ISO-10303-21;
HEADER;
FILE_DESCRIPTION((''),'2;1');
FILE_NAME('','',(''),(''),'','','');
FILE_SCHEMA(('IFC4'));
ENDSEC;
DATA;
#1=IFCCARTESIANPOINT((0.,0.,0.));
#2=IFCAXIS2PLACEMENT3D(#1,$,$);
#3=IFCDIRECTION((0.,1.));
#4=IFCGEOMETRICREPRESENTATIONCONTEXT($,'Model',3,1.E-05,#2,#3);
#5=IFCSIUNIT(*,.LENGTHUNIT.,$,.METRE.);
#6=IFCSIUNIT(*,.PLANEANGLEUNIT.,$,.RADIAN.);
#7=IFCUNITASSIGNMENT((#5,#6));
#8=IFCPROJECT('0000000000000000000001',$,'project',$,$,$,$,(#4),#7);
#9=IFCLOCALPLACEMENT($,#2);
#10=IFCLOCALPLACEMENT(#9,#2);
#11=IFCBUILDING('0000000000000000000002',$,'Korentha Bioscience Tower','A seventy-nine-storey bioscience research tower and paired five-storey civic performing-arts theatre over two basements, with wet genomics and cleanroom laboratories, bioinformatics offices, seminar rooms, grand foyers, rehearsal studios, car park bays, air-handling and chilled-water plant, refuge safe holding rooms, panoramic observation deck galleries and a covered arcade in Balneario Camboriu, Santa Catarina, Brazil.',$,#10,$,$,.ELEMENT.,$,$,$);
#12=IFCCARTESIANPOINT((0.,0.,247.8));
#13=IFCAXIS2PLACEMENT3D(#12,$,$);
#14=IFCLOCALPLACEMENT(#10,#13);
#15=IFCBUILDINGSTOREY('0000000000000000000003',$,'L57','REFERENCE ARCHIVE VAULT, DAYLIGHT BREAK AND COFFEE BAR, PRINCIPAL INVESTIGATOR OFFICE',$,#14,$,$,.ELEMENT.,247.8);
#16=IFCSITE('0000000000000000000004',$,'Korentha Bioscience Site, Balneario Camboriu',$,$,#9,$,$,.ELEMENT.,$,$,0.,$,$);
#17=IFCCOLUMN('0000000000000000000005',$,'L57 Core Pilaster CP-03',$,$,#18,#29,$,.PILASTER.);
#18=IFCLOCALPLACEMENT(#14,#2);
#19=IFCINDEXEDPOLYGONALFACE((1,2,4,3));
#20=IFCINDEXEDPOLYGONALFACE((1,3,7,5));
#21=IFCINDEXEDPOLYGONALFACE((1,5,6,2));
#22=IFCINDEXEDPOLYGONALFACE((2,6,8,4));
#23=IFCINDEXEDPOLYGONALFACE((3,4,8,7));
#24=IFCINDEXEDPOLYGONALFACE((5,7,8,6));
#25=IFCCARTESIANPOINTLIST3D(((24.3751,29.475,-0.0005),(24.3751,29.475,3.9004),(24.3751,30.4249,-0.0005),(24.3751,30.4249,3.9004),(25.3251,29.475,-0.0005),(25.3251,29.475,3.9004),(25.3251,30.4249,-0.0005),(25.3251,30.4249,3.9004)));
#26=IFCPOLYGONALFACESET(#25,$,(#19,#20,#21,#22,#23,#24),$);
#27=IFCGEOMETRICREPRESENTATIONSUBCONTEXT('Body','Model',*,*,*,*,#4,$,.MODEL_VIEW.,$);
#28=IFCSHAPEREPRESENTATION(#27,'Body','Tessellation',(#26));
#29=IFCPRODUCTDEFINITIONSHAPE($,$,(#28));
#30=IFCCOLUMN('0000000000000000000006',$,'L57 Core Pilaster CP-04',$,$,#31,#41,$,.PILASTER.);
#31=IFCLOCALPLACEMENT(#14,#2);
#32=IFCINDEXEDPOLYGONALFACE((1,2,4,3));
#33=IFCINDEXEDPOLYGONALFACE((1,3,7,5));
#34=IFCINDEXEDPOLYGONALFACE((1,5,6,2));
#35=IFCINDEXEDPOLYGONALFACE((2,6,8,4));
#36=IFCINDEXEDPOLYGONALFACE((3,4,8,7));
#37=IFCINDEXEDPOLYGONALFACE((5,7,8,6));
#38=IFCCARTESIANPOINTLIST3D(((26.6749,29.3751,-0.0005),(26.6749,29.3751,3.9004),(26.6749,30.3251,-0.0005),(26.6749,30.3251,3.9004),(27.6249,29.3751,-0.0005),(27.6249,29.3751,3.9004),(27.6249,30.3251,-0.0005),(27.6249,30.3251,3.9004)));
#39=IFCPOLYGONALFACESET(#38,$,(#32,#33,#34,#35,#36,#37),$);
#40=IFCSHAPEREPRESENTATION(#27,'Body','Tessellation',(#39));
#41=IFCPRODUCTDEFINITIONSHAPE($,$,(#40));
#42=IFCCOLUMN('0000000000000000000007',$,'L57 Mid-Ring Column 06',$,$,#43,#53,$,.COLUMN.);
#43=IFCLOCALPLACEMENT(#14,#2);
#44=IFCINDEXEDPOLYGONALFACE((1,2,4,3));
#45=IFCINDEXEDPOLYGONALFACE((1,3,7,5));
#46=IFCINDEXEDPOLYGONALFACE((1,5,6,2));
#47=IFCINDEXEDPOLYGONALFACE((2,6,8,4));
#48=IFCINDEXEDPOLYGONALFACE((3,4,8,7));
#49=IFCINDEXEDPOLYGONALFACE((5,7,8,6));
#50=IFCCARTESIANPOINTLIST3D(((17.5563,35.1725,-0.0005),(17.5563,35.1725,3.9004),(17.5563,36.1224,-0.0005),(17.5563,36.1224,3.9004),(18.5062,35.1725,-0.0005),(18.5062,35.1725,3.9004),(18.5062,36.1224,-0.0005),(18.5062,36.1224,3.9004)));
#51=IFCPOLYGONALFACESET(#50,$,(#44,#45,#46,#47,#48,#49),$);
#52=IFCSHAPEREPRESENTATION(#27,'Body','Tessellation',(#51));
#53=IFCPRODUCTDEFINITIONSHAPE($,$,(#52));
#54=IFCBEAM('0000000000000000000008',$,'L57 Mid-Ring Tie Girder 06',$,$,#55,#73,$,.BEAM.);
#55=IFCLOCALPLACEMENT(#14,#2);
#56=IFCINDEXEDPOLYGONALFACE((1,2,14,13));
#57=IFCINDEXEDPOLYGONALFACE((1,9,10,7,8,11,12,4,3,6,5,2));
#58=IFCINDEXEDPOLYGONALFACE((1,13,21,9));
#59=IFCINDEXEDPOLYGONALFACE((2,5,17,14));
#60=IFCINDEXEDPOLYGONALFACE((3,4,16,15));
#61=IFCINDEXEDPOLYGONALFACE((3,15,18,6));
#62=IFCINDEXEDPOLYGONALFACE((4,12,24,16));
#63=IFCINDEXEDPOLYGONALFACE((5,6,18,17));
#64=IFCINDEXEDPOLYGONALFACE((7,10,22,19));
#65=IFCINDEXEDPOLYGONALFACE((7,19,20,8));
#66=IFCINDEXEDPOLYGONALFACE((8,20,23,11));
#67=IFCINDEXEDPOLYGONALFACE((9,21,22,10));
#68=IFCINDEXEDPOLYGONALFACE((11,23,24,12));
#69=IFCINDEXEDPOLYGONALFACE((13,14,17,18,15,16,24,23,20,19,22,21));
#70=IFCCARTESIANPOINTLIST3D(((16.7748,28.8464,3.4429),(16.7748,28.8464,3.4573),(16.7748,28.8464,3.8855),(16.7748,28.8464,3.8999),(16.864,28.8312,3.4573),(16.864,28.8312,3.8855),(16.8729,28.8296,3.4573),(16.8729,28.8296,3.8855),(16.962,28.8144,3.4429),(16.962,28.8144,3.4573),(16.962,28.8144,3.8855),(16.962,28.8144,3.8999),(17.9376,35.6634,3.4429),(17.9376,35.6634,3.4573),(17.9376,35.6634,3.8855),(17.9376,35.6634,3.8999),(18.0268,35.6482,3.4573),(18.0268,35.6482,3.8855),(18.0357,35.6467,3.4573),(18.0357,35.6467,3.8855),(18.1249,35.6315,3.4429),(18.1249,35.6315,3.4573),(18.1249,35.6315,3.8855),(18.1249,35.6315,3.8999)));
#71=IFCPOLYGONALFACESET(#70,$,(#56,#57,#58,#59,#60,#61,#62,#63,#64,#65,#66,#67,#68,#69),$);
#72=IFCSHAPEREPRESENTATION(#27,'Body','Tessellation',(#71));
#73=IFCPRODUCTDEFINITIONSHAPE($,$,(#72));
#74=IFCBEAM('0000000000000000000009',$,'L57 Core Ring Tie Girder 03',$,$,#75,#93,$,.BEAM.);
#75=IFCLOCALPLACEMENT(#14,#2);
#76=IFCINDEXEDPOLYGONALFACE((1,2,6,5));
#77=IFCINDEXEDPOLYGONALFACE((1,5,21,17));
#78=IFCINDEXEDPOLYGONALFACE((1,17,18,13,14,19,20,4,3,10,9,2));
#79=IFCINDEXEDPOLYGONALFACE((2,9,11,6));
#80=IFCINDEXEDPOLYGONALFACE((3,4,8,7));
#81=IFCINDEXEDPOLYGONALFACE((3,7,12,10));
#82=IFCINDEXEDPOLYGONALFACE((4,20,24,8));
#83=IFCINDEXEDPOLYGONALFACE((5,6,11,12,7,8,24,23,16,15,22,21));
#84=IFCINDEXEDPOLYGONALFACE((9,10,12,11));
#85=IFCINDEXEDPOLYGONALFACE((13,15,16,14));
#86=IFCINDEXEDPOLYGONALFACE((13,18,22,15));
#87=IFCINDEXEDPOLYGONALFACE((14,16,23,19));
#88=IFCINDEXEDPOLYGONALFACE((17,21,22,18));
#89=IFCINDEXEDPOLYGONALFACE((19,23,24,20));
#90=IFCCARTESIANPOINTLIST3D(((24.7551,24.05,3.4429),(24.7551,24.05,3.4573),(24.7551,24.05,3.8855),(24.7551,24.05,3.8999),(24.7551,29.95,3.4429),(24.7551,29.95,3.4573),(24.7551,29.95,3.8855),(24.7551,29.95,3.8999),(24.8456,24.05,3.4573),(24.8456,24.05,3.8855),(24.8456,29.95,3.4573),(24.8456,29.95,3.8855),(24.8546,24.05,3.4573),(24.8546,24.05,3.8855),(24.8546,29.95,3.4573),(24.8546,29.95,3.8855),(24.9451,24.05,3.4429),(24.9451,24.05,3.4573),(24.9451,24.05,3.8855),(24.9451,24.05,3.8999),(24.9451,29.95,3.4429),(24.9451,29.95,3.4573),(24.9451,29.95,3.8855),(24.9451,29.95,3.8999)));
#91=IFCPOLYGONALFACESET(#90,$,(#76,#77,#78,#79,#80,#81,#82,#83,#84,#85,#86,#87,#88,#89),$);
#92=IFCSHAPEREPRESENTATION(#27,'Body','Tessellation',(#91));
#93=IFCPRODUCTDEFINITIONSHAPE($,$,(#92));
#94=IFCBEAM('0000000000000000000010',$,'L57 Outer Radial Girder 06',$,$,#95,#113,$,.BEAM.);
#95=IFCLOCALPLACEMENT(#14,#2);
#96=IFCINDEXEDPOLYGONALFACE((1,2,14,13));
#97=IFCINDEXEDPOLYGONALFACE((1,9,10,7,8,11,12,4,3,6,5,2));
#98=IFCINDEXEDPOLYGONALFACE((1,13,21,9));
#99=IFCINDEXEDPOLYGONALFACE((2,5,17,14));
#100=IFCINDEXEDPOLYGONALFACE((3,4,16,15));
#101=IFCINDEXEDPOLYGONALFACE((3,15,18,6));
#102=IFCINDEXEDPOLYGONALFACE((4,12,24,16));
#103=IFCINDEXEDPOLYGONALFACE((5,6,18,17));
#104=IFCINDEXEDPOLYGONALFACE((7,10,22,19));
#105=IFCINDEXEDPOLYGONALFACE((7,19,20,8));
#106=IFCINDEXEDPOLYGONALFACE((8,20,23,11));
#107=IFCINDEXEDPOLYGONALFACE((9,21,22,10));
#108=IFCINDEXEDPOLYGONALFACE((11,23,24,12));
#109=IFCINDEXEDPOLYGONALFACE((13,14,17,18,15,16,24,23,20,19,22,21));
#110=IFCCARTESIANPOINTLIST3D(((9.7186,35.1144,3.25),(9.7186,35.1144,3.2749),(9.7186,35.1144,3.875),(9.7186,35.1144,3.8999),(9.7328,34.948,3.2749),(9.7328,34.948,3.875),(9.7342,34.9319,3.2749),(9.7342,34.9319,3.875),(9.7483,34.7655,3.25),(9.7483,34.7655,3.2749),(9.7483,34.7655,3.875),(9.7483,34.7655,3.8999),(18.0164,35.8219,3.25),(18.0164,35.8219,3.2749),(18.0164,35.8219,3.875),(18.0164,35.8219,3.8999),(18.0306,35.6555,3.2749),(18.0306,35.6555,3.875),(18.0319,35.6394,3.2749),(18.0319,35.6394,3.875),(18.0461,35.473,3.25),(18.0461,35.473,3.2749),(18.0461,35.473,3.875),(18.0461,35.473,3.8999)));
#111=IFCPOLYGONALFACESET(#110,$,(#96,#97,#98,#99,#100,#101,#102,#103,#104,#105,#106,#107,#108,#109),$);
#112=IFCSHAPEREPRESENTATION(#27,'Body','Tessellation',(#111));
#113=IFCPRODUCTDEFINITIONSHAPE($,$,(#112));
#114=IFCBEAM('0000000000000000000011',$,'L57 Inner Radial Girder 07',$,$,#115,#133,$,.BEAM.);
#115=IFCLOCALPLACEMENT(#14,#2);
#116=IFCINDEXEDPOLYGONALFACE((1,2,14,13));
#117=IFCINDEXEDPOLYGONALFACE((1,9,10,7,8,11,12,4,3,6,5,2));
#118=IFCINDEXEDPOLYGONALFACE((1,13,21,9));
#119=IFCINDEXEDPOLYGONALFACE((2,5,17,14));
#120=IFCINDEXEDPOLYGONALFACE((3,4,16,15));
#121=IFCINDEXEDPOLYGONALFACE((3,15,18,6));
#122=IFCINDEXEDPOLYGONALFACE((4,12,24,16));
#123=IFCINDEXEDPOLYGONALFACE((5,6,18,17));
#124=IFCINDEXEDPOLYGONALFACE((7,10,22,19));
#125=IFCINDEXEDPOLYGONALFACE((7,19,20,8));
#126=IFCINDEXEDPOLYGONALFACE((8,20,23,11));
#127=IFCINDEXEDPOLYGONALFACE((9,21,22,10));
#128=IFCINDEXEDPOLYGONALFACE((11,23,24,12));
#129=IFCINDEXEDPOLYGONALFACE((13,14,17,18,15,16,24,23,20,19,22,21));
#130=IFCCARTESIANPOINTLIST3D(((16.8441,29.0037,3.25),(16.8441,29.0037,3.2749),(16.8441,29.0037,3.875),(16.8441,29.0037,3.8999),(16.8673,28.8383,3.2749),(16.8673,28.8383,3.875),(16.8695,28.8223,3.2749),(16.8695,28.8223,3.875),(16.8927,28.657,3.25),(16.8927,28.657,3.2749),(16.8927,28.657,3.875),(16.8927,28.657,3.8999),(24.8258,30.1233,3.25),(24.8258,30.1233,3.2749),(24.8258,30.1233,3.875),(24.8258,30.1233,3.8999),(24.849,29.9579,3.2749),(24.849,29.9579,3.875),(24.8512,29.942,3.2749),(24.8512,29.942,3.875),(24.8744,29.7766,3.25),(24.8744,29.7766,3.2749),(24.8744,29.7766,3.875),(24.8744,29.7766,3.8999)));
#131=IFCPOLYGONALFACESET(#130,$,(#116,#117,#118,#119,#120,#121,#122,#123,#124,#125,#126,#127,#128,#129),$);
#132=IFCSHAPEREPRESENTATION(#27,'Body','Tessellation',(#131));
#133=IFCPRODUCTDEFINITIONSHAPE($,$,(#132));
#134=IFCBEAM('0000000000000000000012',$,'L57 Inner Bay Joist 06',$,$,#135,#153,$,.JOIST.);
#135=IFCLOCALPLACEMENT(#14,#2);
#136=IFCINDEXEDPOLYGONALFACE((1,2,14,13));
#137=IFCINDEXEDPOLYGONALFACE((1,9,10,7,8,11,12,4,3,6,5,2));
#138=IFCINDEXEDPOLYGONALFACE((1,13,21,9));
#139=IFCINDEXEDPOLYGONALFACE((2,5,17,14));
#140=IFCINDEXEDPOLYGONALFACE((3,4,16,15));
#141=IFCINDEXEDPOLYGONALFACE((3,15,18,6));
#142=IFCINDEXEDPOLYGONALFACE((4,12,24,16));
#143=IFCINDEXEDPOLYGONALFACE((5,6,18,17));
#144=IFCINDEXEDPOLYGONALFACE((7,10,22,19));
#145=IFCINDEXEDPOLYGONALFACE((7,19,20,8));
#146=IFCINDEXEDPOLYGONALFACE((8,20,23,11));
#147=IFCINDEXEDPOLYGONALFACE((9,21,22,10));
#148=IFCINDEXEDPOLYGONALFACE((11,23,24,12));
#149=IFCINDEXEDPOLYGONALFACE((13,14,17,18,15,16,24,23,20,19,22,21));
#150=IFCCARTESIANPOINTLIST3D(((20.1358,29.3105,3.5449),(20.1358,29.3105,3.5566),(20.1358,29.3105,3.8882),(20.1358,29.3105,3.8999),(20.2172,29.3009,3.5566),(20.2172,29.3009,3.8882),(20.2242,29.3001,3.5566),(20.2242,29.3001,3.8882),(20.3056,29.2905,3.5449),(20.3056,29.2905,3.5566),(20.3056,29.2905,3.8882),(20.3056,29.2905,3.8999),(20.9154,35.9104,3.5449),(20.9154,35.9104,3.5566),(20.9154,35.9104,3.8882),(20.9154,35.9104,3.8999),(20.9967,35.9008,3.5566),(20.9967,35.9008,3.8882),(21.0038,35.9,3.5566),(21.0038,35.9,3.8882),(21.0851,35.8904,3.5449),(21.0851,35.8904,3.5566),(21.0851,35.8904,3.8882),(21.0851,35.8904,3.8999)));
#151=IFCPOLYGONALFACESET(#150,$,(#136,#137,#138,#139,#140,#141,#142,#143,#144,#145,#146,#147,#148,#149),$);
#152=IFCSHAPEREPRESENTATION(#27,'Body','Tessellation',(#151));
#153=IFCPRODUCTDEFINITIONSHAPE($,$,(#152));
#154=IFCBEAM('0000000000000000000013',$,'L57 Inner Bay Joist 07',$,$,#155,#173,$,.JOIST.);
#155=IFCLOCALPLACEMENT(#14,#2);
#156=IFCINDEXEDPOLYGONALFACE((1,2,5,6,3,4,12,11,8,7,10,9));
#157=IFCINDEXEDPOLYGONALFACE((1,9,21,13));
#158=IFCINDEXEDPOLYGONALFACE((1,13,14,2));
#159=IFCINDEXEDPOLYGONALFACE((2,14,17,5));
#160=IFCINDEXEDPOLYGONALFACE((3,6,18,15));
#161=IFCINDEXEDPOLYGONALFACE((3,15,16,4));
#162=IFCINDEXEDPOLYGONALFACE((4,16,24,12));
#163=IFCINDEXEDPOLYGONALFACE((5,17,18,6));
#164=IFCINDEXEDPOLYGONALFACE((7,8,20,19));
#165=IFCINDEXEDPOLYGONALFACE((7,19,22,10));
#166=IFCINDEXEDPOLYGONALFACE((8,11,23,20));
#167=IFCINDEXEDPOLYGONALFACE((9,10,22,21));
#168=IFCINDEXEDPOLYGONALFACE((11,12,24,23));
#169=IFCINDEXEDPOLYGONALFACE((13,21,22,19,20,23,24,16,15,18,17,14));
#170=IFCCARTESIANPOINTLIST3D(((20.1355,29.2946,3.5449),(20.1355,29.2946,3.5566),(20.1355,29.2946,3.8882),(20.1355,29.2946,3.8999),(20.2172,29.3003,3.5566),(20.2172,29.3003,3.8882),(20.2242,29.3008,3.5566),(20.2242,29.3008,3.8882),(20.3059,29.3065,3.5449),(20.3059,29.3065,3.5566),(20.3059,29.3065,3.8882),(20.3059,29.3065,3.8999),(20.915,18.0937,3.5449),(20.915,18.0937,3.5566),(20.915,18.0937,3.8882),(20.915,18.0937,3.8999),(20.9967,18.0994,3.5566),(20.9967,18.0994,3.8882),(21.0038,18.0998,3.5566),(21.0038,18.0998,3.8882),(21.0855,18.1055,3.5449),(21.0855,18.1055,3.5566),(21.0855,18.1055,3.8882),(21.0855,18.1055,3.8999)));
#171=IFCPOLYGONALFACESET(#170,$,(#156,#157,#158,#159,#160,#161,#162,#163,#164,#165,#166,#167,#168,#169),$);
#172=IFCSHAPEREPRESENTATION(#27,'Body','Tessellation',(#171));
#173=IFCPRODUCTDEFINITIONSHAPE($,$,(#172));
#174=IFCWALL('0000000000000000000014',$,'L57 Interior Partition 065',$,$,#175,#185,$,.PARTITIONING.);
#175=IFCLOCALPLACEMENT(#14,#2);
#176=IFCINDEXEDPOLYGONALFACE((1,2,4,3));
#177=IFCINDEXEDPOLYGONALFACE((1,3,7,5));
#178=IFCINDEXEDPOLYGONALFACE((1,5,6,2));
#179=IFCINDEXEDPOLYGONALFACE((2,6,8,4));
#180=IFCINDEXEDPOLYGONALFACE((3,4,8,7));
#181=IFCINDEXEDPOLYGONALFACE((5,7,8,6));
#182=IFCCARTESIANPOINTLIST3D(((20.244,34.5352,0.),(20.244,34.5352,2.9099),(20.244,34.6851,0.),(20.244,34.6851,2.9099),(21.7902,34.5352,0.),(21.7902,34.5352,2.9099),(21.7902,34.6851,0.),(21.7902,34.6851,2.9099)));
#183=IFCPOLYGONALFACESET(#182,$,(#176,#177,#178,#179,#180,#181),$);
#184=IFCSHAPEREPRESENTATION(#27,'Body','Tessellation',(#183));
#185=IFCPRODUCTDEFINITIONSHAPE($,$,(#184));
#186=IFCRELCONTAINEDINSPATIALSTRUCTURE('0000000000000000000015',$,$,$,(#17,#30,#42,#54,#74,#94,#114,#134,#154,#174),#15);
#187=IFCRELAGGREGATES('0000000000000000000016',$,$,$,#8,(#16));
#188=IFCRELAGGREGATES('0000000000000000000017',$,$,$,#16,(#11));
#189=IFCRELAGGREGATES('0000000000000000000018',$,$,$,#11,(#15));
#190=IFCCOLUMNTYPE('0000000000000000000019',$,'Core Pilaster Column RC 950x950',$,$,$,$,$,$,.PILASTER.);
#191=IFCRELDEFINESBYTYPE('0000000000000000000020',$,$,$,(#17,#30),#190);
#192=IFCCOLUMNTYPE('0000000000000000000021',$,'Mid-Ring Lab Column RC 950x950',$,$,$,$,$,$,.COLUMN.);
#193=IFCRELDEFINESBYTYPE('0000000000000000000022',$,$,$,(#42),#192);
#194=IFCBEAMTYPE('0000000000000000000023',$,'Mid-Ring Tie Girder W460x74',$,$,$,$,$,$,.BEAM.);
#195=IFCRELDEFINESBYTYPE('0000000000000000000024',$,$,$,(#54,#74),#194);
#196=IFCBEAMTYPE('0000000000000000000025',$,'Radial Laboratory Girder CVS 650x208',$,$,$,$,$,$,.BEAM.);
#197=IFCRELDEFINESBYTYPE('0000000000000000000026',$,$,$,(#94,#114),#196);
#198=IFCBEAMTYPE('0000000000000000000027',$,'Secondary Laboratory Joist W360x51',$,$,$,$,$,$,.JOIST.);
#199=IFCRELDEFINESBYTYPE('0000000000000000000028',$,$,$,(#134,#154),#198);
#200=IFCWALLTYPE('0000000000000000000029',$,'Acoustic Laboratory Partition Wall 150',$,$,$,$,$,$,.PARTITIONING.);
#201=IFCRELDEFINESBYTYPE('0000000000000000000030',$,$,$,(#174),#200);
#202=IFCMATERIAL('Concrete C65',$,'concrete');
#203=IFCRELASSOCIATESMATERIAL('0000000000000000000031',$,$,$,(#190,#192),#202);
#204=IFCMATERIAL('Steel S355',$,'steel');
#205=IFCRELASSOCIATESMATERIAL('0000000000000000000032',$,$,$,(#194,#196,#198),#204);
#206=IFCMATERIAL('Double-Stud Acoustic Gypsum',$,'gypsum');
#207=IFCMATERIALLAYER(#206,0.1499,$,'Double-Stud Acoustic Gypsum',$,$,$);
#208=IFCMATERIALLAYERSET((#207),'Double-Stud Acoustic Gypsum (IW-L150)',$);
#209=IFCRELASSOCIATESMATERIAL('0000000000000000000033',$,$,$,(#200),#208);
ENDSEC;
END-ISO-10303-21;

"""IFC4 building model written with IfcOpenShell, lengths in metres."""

from ifc_helpers import new_model, si_unit, direction, frame, frame_2d, origin, origin_2d, place, context, subcontext, project, spatial, rectangle, i_section, extrude, material, layer, layer_set, material_profile, profile_set, type_object, element, save


model = new_model("IFC4")

# Units and contexts
model_context = context("Model", 3, precision=1e-05, world=origin(), true_north=direction((0.0, 1.0)))
body_context = subcontext(model_context, "Body", "Model", "MODEL_VIEW")
ifc_project = project(units=[si_unit("LENGTHUNIT", "METRE"), si_unit("PLANEANGLEUNIT", "RADIAN")], contexts=[model_context])

# Site, building, storey
site_placement = place(None, origin())
site = spatial("IfcSite", under=ifc_project, at=site_placement, Name="Korentha Bioscience Site, Balneario Camboriu", CompositionType="ELEMENT", RefElevation=0.0)
building_placement = place(site_placement, origin())
building = spatial("IfcBuilding", under=site, at=building_placement, Name="Korentha Bioscience Tower", Description="A seventy-nine-storey bioscience research tower and paired five-storey civic performing-arts theatre over two basements, with wet genomics and cleanroom laboratories, bioinformatics offices, seminar rooms, grand foyers, rehearsal studios, car park bays, air-handling and chilled-water plant, refuge safe holding rooms, panoramic observation deck galleries and a covered arcade in Balneario Camboriu, Santa Catarina, Brazil.", CompositionType="ELEMENT")
storey_placement = place(building_placement, frame((0.0, 0.0, 247.8)))
storey = spatial("IfcBuildingStorey", under=building, at=storey_placement, Name="L57", Description="REFERENCE ARCHIVE VAULT, DAYLIGHT BREAK AND COFFEE BAR, PRINCIPAL INVESTIGATOR OFFICE", CompositionType="ELEMENT", Elevation=247.8)

# Columns
ifc_material_1 = material(Name="Concrete C65", Category="concrete")
ifc_material_profile_1 = material_profile(ifc_material_1, rectangle(XDim=0.95, YDim=0.95, at=origin_2d()), Name="Concrete C65")
ifc_profile_set_1 = profile_set([ifc_material_profile_1], Name="Concrete C65 (COL-CP09)")
column_type_1 = type_object("IfcColumnType", Name="Core Pilaster Column RC 950x950", PredefinedType="PILASTER", material=ifc_profile_set_1)
for number, where, z_axis, x_axis, name in (
    (1, (24.8501, 29.95, -0.0005), (0.0, 0.0, 1.0), (1.0, 0.0, 0.0), "L57 Core Pilaster CP-03"),
    (2, (27.1499, 29.8501, -0.0005), (0.0, 0.0, 1.0), (1.0, 0.0, 0.0), "L57 Core Pilaster CP-04"),
):
    element("IfcColumn", number, at=place(storey_placement, frame(where, z_axis=z_axis, x_axis=x_axis)), inside=storey, type_object=column_type_1, Name=name, PredefinedType="PILASTER", context=body_context, shape_type="SweptSolid", body=[
        extrude(rectangle(XDim=0.95, YDim=0.95, at=origin_2d()), origin(), (0.0, 0.0, 1.0), 3.9009),
    ])
ifc_material_profile_2 = material_profile(ifc_material_1, rectangle(XDim=0.95, YDim=0.95, at=origin_2d()), Name="Concrete C65")
ifc_profile_set_2 = profile_set([ifc_material_profile_2], Name="Concrete C65 (COL-MR09)")
column_type_2 = type_object("IfcColumnType", Name="Mid-Ring Lab Column RC 950x950", PredefinedType="COLUMN", material=ifc_profile_set_2)
column_placement = place(storey_placement, frame((18.0312, 35.6475, -0.0005), z_axis=(0.0, 0.0, 1.0), x_axis=(1.0, 0.0, 0.0)))
element("IfcColumn", 3, at=column_placement, inside=storey, type_object=column_type_2, Name="L57 Mid-Ring Column 06", PredefinedType="COLUMN", context=body_context, shape_type="SweptSolid", body=[
    extrude(rectangle(XDim=0.95, YDim=0.95, at=origin_2d()), origin(), (0.0, 0.0, 1.0), 3.9009),
])

# Beams
ifc_material_2 = material(Name="Steel S355", Category="steel")
ifc_material_profile_3 = material_profile(ifc_material_2, i_section(OverallWidth=0.1899, OverallDepth=0.457, WebThickness=0.009, FlangeThickness=0.0144, at=origin_2d()), Name="Steel S355")
ifc_profile_set_3 = profile_set([ifc_material_profile_3], Name="Steel S355 (MB-460)")
beam_type_1 = type_object("IfcBeamType", Name="Mid-Ring Tie Girder W460x74", PredefinedType="BEAM", material=ifc_profile_set_3)
beam_1_placement = place(storey_placement, frame((18.0312, 35.6475, 3.6714), z_axis=(-0.168148, -0.985762, 0.0), x_axis=(0.985762, -0.168148, 0.0)))
element("IfcBeam", 4, at=beam_1_placement, inside=storey, type_object=beam_type_1, Name="L57 Mid-Ring Tie Girder 06", PredefinedType="BEAM", context=body_context, shape_type="SweptSolid", body=[
    extrude(i_section(OverallWidth=0.1899, OverallDepth=0.457, WebThickness=0.009, FlangeThickness=0.0144, at=origin_2d()), origin(), (0.0, 0.0, 1.0), 6.9155),
])
beam_2_placement = place(storey_placement, frame((24.8501, 29.95, 3.6714), z_axis=(0.0, -1.0, 0.0), x_axis=(1.0, 0.0, 0.0)))
element("IfcBeam", 5, at=beam_2_placement, inside=storey, type_object=beam_type_1, Name="L57 Core Ring Tie Girder 03", PredefinedType="BEAM", context=body_context, shape_type="SweptSolid", body=[
    extrude(i_section(OverallWidth=0.1899, OverallDepth=0.457, WebThickness=0.009, FlangeThickness=0.0144, at=origin_2d()), origin(), (0.0, 0.0, 1.0), 5.8999),
])
ifc_material_profile_4 = material_profile(ifc_material_2, i_section(OverallWidth=0.3501, OverallDepth=0.6499, WebThickness=0.0161, FlangeThickness=0.0249, at=origin_2d()), Name="Steel S355")
ifc_profile_set_4 = profile_set([ifc_material_profile_4], Name="Steel S355 (RB-650)")
beam_type_2 = type_object("IfcBeamType", Name="Radial Laboratory Girder CVS 650x208", PredefinedType="BEAM", material=ifc_profile_set_4)
beam_3_placement = place(storey_placement, frame((18.0312, 35.6475, 3.575), z_axis=(-0.996385, -0.084957, 0.0), x_axis=(0.084957, -0.996385, 0.0)))
element("IfcBeam", 6, at=beam_3_placement, inside=storey, type_object=beam_type_2, Name="L57 Outer Radial Girder 06", PredefinedType="BEAM", context=body_context, shape_type="SweptSolid", body=[
    extrude(i_section(OverallWidth=0.3501, OverallDepth=0.6499, WebThickness=0.0161, FlangeThickness=0.0249, at=origin_2d()), origin(), (0.0, 0.0, 1.0), 8.3279),
])
beam_4_placement = place(storey_placement, frame((24.8501, 29.95, 3.575), z_axis=(-0.990304, -0.138915, 0.0), x_axis=(0.138915, -0.990304, 0.0)))
element("IfcBeam", 7, at=beam_4_placement, inside=storey, type_object=beam_type_2, Name="L57 Inner Radial Girder 07", PredefinedType="BEAM", context=body_context, shape_type="SweptSolid", body=[
    extrude(i_section(OverallWidth=0.3501, OverallDepth=0.6499, WebThickness=0.0161, FlangeThickness=0.0249, at=origin_2d()), origin(), (0.0, 0.0, 1.0), 8.0598),
])
ifc_material_profile_5 = material_profile(ifc_material_2, i_section(OverallWidth=0.1709, OverallDepth=0.355, WebThickness=0.0071, FlangeThickness=0.0117, at=origin_2d()), Name="Steel S355")
ifc_profile_set_5 = profile_set([ifc_material_profile_5], Name="Steel S355 (JB-360)")
beam_type_3 = type_object("IfcBeamType", Name="Secondary Laboratory Joist W360x51", PredefinedType="JOIST", material=ifc_profile_set_5)
beam_5_placement = place(storey_placement, frame((21.0002, 35.9004, 3.7224), z_axis=(-0.1173, -0.993097, 0.0), x_axis=(0.993097, -0.1173, 0.0)))
element("IfcBeam", 8, at=beam_5_placement, inside=storey, type_object=beam_type_3, Name="L57 Inner Bay Joist 06", PredefinedType="JOIST", context=body_context, shape_type="SweptSolid", body=[
    extrude(i_section(OverallWidth=0.1709, OverallDepth=0.355, WebThickness=0.0071, FlangeThickness=0.0117, at=origin_2d()), origin(), (0.0, 0.0, 1.0), 6.6458),
])
beam_6_placement = place(storey_placement, frame((20.2207, 29.3005, 3.7224), z_axis=(0.069428, -0.997587, 0.0), x_axis=(0.997587, 0.069428, 0.0)))
element("IfcBeam", 9, at=beam_6_placement, inside=storey, type_object=beam_type_3, Name="L57 Inner Bay Joist 07", PredefinedType="JOIST", context=body_context, shape_type="SweptSolid", body=[
    extrude(i_section(OverallWidth=0.1709, OverallDepth=0.355, WebThickness=0.0071, FlangeThickness=0.0117, at=origin_2d()), origin(), (0.0, 0.0, 1.0), 11.228),
])

# Wall
ifc_material_3 = material(Name="Double-Stud Acoustic Gypsum", Category="gypsum")
ifc_layer_1 = layer(ifc_material_3, 0.1499, Name="Double-Stud Acoustic Gypsum")
ifc_layer_set_1 = layer_set([ifc_layer_1], Name="Double-Stud Acoustic Gypsum (IW-L150)")
wall_type_1 = type_object("IfcWallType", Name="Acoustic Laboratory Partition Wall 150", PredefinedType="PARTITIONING", material=ifc_layer_set_1)
wall_1_placement = place(storey_placement, frame((21.79, 34.6101, 0.0), z_axis=(0.0, 0.0, 1.0), x_axis=(-1.0, 0.0, 0.0)))
element("IfcWall", 10, at=wall_1_placement, inside=storey, type_object=wall_type_1, Name="L57 Interior Partition 065", PredefinedType="PARTITIONING", context=body_context, shape_type="SweptSolid", body=[
    extrude(rectangle(XDim=1.5461, YDim=0.1499, at=frame_2d((0.7729, 0.0))), origin(), (0.0, 0.0, 1.0), 2.9099),
])

save(model, "model.ifc")
